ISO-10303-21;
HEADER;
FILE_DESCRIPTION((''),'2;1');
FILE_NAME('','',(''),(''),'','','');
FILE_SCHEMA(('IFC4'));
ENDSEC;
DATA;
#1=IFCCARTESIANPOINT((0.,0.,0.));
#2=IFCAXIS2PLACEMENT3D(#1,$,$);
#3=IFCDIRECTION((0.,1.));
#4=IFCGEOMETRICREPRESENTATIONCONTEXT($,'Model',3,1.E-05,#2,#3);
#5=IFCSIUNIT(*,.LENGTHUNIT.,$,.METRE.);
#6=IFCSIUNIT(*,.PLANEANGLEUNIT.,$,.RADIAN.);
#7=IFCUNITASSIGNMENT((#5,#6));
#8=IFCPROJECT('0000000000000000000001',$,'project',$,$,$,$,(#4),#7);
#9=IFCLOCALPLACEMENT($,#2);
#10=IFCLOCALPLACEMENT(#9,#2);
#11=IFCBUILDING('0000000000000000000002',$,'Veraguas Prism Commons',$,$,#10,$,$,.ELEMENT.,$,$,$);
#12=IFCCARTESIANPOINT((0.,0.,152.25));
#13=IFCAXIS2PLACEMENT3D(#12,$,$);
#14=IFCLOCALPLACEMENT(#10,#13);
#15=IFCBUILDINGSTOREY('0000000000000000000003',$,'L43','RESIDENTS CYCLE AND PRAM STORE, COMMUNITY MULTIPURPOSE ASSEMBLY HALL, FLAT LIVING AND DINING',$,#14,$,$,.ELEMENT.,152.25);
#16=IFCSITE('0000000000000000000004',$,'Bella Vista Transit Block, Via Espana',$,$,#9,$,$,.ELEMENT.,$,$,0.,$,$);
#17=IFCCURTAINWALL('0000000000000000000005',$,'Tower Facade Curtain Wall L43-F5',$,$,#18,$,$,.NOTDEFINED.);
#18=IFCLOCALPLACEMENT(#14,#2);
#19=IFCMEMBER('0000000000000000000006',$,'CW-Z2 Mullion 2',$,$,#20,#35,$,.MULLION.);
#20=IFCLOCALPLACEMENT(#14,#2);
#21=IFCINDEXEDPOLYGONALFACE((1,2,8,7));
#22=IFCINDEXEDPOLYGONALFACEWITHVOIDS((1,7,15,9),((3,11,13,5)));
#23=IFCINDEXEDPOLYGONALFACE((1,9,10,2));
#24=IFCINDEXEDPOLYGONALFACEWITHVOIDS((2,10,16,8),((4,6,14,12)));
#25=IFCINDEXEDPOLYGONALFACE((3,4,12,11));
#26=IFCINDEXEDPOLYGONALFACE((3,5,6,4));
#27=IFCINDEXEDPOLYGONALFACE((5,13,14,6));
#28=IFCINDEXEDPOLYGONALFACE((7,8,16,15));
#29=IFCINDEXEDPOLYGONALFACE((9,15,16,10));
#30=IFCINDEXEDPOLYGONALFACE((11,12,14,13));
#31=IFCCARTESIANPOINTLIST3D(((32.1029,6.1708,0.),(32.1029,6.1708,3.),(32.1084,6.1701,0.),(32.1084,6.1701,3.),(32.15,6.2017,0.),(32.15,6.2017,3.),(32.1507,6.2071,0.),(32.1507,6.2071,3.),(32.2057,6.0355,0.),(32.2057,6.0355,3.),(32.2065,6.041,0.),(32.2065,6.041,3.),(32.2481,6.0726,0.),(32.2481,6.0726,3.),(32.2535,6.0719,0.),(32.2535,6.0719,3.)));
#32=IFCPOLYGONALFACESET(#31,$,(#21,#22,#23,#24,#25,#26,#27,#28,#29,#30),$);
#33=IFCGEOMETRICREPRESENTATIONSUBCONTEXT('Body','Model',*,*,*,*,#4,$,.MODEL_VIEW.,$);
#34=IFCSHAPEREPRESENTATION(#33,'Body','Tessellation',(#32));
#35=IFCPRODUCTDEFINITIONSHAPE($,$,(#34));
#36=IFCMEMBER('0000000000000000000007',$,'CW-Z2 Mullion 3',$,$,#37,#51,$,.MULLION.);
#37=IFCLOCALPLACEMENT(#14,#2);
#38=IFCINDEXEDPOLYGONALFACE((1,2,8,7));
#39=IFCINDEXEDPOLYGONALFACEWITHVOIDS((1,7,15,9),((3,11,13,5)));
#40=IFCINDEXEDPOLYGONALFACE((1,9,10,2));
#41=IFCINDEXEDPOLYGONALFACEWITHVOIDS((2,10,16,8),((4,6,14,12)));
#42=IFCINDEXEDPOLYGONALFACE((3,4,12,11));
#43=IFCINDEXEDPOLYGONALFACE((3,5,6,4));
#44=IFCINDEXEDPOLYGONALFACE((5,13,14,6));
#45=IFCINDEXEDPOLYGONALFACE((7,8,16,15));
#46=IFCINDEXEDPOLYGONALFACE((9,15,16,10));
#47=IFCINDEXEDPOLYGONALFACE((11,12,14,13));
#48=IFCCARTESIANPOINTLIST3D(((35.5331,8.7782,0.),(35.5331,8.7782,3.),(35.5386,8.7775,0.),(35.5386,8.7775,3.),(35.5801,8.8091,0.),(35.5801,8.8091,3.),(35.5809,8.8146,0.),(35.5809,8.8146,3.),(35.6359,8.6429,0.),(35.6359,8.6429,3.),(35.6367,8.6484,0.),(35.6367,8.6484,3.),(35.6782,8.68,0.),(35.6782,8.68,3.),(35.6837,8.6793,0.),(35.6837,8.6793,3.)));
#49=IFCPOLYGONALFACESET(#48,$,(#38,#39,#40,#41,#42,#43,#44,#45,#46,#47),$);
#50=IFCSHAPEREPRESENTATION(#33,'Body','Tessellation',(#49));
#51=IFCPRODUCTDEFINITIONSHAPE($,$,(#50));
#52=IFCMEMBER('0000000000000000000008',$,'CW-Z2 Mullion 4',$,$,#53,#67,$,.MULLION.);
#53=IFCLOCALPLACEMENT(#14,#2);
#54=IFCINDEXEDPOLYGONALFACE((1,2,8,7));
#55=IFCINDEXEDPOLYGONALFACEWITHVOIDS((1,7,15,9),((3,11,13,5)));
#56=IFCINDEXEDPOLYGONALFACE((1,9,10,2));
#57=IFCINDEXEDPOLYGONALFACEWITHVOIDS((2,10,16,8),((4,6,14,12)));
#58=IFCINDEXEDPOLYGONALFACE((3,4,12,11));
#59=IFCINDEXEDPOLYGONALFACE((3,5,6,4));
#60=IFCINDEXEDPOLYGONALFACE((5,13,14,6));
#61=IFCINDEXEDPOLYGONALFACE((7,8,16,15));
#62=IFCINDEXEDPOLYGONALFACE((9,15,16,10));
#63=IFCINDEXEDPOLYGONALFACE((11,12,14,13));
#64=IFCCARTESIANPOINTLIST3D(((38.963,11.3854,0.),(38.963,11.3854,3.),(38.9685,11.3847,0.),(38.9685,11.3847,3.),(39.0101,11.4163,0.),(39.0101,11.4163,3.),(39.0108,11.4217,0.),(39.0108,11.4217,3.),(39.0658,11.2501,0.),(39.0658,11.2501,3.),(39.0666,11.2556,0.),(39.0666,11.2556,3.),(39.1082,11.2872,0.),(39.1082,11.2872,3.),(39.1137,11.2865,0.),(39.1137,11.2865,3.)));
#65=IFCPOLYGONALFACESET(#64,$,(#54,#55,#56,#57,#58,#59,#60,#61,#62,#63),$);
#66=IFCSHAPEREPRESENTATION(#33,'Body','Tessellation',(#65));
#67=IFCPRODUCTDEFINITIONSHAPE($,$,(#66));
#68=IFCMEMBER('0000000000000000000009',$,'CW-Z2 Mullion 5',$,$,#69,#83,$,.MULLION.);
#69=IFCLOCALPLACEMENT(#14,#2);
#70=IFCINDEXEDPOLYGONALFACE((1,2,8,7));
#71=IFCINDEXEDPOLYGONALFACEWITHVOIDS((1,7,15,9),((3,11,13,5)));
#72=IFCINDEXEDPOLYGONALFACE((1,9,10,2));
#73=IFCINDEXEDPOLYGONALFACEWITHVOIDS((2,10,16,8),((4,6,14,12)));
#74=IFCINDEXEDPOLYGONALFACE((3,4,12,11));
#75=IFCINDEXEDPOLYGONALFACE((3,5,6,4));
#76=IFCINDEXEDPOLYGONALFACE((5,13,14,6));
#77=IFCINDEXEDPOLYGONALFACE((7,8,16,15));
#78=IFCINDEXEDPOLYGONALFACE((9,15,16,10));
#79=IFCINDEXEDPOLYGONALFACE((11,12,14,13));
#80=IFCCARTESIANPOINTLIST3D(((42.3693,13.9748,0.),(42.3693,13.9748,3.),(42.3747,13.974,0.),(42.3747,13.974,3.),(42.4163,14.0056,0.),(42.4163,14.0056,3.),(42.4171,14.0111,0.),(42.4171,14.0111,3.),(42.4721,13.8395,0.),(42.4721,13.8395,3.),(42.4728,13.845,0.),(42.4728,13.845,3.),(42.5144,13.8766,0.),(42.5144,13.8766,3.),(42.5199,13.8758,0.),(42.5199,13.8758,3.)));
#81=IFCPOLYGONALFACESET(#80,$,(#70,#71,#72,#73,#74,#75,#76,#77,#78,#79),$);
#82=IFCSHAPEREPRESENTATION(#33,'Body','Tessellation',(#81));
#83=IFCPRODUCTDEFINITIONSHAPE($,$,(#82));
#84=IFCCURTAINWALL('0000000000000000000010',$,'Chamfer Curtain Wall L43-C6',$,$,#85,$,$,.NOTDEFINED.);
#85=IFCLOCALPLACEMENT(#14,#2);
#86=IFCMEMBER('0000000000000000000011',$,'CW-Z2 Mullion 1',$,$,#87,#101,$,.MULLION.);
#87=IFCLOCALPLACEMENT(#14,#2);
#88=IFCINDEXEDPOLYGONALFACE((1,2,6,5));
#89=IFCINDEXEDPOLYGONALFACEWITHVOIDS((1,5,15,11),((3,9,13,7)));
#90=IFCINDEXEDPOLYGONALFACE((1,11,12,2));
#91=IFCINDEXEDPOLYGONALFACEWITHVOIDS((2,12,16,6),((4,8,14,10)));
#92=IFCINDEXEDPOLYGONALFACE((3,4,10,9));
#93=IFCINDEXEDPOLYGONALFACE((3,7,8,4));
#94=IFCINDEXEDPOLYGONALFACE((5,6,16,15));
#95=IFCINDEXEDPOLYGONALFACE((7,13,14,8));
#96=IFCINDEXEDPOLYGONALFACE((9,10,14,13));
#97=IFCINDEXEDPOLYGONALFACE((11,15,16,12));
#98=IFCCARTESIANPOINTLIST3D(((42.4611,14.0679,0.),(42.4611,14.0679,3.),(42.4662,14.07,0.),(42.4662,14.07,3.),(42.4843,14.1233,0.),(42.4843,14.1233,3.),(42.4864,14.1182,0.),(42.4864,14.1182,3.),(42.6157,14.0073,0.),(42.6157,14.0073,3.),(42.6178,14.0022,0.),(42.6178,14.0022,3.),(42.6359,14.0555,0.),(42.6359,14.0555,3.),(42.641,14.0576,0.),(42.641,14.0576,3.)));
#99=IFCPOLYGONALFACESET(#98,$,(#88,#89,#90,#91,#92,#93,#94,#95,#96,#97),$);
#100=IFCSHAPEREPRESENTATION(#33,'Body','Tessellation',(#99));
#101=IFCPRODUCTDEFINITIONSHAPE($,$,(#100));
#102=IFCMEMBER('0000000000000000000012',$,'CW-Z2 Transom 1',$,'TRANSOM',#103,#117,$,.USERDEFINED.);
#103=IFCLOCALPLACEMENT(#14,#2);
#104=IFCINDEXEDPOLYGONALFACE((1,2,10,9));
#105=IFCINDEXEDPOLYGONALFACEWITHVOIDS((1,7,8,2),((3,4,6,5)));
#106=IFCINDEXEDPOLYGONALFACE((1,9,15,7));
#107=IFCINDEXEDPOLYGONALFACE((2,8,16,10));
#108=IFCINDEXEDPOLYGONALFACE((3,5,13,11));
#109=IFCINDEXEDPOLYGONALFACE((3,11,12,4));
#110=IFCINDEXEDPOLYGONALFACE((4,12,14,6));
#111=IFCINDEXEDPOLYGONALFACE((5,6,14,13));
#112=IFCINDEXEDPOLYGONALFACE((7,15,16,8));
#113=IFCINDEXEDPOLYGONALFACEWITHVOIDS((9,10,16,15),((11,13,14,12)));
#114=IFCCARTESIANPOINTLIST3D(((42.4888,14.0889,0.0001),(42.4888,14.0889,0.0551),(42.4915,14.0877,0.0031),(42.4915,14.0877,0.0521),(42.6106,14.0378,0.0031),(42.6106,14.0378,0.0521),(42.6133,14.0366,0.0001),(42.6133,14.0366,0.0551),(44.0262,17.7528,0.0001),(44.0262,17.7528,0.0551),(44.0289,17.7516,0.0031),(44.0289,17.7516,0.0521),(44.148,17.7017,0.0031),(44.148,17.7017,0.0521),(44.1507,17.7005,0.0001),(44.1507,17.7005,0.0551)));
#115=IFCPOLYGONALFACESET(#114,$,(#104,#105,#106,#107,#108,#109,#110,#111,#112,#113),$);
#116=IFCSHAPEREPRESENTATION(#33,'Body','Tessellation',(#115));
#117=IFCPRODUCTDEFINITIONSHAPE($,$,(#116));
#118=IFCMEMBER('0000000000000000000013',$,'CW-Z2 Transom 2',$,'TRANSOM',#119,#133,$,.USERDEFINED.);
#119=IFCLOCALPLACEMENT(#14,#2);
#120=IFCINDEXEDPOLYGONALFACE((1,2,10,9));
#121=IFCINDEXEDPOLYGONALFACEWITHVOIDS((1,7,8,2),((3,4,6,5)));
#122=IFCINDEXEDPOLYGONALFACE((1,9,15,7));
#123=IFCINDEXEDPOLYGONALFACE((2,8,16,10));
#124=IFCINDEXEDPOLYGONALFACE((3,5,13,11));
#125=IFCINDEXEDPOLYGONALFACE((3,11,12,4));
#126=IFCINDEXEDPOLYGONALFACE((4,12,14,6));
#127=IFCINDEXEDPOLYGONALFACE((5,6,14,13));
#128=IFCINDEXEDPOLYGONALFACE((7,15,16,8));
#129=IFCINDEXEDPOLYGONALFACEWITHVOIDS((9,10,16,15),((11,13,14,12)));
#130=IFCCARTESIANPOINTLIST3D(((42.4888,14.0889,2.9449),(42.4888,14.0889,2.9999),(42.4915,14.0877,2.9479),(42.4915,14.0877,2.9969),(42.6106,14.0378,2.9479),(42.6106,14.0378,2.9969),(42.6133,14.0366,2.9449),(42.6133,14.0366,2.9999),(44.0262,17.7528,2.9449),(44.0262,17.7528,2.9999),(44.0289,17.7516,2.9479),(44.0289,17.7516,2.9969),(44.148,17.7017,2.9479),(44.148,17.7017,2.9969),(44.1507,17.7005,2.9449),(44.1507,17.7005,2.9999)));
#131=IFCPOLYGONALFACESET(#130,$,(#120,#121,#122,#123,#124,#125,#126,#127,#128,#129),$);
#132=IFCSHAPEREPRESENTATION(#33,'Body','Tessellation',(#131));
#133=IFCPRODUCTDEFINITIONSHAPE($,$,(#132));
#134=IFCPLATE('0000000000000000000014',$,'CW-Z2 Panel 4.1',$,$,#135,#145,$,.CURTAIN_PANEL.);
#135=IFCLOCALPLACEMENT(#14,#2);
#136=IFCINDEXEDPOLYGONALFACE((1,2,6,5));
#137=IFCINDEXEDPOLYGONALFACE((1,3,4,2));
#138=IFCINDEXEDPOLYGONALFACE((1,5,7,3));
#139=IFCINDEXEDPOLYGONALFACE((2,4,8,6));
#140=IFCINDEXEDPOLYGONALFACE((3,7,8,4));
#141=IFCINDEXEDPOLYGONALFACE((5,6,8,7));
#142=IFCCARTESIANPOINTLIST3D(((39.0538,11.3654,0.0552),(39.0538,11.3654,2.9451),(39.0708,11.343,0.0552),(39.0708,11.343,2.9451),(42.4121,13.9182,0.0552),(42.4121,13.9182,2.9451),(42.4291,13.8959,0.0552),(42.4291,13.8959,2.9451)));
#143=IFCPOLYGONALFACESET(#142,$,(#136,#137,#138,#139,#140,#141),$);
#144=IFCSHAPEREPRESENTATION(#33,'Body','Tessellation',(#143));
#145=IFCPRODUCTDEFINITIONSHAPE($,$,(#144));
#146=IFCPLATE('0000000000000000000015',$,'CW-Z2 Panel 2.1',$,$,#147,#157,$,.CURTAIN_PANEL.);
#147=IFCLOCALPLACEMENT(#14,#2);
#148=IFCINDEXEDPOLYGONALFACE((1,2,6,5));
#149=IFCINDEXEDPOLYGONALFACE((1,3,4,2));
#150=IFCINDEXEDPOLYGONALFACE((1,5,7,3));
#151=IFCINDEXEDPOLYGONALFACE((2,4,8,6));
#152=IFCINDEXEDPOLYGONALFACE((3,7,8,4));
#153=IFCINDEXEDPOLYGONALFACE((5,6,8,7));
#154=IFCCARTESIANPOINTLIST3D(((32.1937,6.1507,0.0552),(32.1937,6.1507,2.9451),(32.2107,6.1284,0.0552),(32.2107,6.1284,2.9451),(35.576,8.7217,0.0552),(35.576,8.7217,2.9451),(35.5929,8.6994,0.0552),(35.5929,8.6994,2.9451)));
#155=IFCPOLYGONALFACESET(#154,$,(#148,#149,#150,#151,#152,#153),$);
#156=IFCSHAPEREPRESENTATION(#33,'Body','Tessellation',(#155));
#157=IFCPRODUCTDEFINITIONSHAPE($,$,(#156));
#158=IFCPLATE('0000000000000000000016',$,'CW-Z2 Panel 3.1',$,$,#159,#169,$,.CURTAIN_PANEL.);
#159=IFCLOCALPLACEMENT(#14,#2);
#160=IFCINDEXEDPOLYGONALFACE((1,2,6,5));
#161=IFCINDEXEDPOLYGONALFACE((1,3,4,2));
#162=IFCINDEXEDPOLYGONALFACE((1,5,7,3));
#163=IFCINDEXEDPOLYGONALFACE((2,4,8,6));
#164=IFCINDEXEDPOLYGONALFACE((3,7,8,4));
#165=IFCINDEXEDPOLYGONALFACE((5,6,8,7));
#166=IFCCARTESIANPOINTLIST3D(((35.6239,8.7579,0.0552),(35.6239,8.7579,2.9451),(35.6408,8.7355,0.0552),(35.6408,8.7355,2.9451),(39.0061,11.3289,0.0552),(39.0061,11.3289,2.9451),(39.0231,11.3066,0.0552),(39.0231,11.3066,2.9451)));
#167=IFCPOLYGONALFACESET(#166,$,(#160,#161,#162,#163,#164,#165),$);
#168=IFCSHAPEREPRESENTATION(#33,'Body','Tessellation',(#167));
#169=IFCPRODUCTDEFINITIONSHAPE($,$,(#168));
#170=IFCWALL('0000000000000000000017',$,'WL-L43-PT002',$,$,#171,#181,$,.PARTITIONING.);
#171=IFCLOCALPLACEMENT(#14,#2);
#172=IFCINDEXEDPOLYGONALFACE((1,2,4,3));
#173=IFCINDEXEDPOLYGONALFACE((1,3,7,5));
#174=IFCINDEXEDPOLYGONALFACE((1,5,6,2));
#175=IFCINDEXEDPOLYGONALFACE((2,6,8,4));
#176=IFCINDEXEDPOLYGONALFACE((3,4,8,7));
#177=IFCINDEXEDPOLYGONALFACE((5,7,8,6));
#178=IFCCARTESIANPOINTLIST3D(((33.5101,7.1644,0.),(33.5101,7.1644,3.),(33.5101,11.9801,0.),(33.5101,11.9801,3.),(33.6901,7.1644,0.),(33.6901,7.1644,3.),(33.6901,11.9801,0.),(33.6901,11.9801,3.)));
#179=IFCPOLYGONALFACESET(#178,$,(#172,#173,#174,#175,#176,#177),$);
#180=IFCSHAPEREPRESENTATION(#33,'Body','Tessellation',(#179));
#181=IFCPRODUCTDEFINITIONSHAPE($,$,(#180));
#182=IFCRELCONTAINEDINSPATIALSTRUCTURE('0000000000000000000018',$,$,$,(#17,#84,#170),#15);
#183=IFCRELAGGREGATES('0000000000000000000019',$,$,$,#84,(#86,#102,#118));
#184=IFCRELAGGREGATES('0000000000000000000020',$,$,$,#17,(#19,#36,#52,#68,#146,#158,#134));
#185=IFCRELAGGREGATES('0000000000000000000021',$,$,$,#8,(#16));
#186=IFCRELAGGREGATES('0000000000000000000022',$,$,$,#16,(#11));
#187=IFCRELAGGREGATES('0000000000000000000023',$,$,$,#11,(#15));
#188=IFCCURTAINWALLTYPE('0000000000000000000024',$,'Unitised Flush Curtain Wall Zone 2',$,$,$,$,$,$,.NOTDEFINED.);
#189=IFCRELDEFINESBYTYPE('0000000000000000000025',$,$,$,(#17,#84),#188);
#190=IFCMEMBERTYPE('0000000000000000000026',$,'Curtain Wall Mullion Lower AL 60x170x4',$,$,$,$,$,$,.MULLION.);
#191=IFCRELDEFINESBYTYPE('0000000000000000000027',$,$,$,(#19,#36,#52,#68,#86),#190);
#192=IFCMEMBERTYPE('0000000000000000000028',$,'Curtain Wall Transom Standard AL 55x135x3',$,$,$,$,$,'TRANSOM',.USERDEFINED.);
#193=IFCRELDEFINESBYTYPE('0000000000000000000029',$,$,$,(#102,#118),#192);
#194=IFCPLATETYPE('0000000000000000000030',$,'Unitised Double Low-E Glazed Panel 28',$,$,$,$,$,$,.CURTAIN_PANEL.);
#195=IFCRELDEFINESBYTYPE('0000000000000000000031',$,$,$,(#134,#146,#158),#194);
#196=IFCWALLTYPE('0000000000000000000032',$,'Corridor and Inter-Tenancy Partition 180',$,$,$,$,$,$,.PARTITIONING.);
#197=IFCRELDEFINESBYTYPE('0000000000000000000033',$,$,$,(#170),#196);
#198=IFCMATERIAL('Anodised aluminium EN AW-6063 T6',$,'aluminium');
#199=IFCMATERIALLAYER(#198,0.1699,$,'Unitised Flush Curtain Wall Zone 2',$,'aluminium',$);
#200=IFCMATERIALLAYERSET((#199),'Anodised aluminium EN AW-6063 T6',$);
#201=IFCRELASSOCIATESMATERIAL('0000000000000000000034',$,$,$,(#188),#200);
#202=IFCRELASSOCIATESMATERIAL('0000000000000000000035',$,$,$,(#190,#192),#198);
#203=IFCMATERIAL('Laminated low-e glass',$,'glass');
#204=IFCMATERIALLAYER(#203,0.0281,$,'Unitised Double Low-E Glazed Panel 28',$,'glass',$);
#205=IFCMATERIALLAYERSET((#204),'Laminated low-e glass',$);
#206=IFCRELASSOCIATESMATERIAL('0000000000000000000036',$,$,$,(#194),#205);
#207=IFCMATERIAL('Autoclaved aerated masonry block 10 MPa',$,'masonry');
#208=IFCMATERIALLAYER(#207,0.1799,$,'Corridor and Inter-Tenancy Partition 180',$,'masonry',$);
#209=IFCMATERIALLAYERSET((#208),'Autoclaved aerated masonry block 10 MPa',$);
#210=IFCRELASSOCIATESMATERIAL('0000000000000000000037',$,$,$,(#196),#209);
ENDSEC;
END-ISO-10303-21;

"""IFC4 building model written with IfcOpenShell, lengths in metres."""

from ifc_helpers import new_model, si_unit, direction, frame, frame_2d, origin, origin_2d, place, context, subcontext, project, spatial, rectangle, hollow_rectangle, extrude, source, transform, mapped, material, layer, layer_set, material_profile, profile_set, type_object, element, aggregate, save


model = new_model("IFC4")

# Units and contexts
model_context = context("Model", 3, precision=1e-05, world=origin(), true_north=direction((0.0, 1.0)))
body_context = subcontext(model_context, "Body", "Model", "MODEL_VIEW")
ifc_project = project(units=[si_unit("LENGTHUNIT", "METRE"), si_unit("PLANEANGLEUNIT", "RADIAN")], contexts=[model_context])

# Site, building, storey
site_placement = place(None, origin())
site = spatial("IfcSite", under=ifc_project, at=site_placement, Name="Bella Vista Transit Block, Via Espana", CompositionType="ELEMENT", RefElevation=0.0)
building_placement = place(site_placement, origin())
building = spatial("IfcBuilding", under=site, at=building_placement, Name="Veraguas Prism Commons", CompositionType="ELEMENT")
storey_placement = place(building_placement, frame((0.0, 0.0, 152.25)))
storey = spatial("IfcBuildingStorey", under=building, at=storey_placement, Name="L43", Description="RESIDENTS CYCLE AND PRAM STORE, COMMUNITY MULTIPURPOSE ASSEMBLY HALL, FLAT LIVING AND DINING", CompositionType="ELEMENT", Elevation=152.25)

# Curtain walls, members
ifc_material_1 = material(Name="Anodised aluminium EN AW-6063 T6", Category="aluminium")
ifc_layer_1 = layer(ifc_material_1, 0.1699, Name="Unitised Flush Curtain Wall Zone 2", Category="aluminium")
ifc_layer_set_1 = layer_set([ifc_layer_1], Name="Anodised aluminium EN AW-6063 T6")
curtain_wall_type = type_object("IfcCurtainWallType", Name="Unitised Flush Curtain Wall Zone 2", PredefinedType="NOTDEFINED", material=ifc_layer_set_1)
curtain_wall_1_placement = place(storey_placement, origin())
curtain_wall_1 = element("IfcCurtainWall", 1, at=curtain_wall_1_placement, inside=storey, type_object=curtain_wall_type, Name="Tower Facade Curtain Wall L43-F5", PredefinedType="NOTDEFINED")
ifc_material_profile_1 = material_profile(ifc_material_1, hollow_rectangle(XDim=0.0601, YDim=0.1699, WallThickness=0.0039, at=origin_2d()), Name="AL60X170X4")
ifc_profile_set_1 = profile_set([ifc_material_profile_1], Name="Anodised aluminium EN AW-6063 T6")
member_type_1 = type_object("IfcMemberType", Name="Curtain Wall Mullion Lower AL 60x170x4", PredefinedType="MULLION", material=ifc_profile_set_1)
shared_shape_1 = source(origin(), body_context, "Body", "SweptSolid", [
    extrude(hollow_rectangle(XDim=0.0601, YDim=0.1699, WallThickness=0.0039, at=origin_2d()), origin(), (0.0, 0.0, 1.0), 3.0),
])
member_1_placement = place(storey_placement, frame((32.1782, 6.1213, 0.0), z_axis=(0.0, 0.0, 1.0), x_axis=(0.796104, 0.605159, 0.0)))
member_1 = element("IfcMember", 2, at=member_1_placement, type_object=member_type_1, Name="CW-Z2 Mullion 2", PredefinedType="MULLION", context=body_context, shape_type="MappedRepresentation", body=[
    mapped(shared_shape_1, transform((0.0, 0.0, 0.0), scale=1.0)),
])
member_2_placement = place(storey_placement, frame((35.6084, 8.7288, 0.0), z_axis=(0.0, 0.0, 1.0), x_axis=(0.796104, 0.605159, 0.0)))
member_2 = element("IfcMember", 3, at=member_2_placement, type_object=member_type_1, Name="CW-Z2 Mullion 3", PredefinedType="MULLION", context=body_context, shape_type="MappedRepresentation", body=[
    mapped(shared_shape_1, transform((0.0, 0.0, 0.0), scale=1.0)),
])
member_3_placement = place(storey_placement, frame((39.0383, 11.3359, 0.0), z_axis=(0.0, 0.0, 1.0), x_axis=(0.796104, 0.605159, 0.0)))
member_3 = element("IfcMember", 4, at=member_3_placement, type_object=member_type_1, Name="CW-Z2 Mullion 4", PredefinedType="MULLION", context=body_context, shape_type="MappedRepresentation", body=[
    mapped(shared_shape_1, transform((0.0, 0.0, 0.0), scale=1.0)),
])
member_4_placement = place(storey_placement, frame((42.4446, 13.9253, 0.0), z_axis=(0.0, 0.0, 1.0), x_axis=(0.796104, 0.605159, 0.0)))
member_4 = element("IfcMember", 5, at=member_4_placement, type_object=member_type_1, Name="CW-Z2 Mullion 5", PredefinedType="MULLION", context=body_context, shape_type="MappedRepresentation", body=[
    mapped(shared_shape_1, transform((0.0, 0.0, 0.0), scale=1.0)),
])
curtain_wall_2_placement = place(storey_placement, origin())
curtain_wall_2 = element("IfcCurtainWall", 6, at=curtain_wall_2_placement, inside=storey, type_object=curtain_wall_type, Name="Chamfer Curtain Wall L43-C6", PredefinedType="NOTDEFINED")
member_5_placement = place(storey_placement, frame((42.551, 14.0627, 0.0), z_axis=(0.0, 0.0, 1.0), x_axis=(0.386882, 0.922129, 0.0)))
member_5 = element("IfcMember", 7, at=member_5_placement, type_object=member_type_1, Name="CW-Z2 Mullion 1", PredefinedType="MULLION", context=body_context, shape_type="MappedRepresentation", body=[
    mapped(shared_shape_1, transform((0.0, 0.0, 0.0), scale=1.0)),
])
ifc_material_profile_2 = material_profile(ifc_material_1, hollow_rectangle(XDim=0.0549, YDim=0.135, WallThickness=0.0029, at=origin_2d()), Name="AL55X135X3")
ifc_profile_set_2 = profile_set([ifc_material_profile_2], Name="Anodised aluminium EN AW-6063 T6")
member_type_2 = type_object("IfcMemberType", Name="Curtain Wall Transom Standard AL 55x135x3", ElementType="TRANSOM", PredefinedType="USERDEFINED", material=ifc_profile_set_2)
shared_shape_2 = source(origin(), body_context, "Body", "SweptSolid", [
    extrude(hollow_rectangle(XDim=0.0549, YDim=0.135, WallThickness=0.0029, at=origin_2d()), origin(), (0.0, 0.0, 1.0), 3.9734),
])
member_6_placement = place(storey_placement, frame((42.551, 14.0627, 0.0276), z_axis=(0.386922, 0.922112, 0.0), x_axis=(0.0, 0.0, 1.0)))
member_6 = element("IfcMember", 8, at=member_6_placement, type_object=member_type_2, Name="CW-Z2 Transom 1", ObjectType="TRANSOM", PredefinedType="USERDEFINED", context=body_context, shape_type="MappedRepresentation", body=[
    mapped(shared_shape_2, transform((0.0, 0.0, 0.0), scale=1.0)),
])
member_7_placement = place(storey_placement, frame((42.551, 14.0627, 2.9724), z_axis=(0.386922, 0.922112, 0.0), x_axis=(0.0, 0.0, 1.0)))
member_7 = element("IfcMember", 9, at=member_7_placement, type_object=member_type_2, Name="CW-Z2 Transom 2", ObjectType="TRANSOM", PredefinedType="USERDEFINED", context=body_context, shape_type="MappedRepresentation", body=[
    mapped(shared_shape_2, transform((0.0, 0.0, 0.0), scale=1.0)),
])
aggregate(curtain_wall_2, [member_5, member_6, member_7])

# Plates
ifc_material_2 = material(Name="Laminated low-e glass", Category="glass")
ifc_layer_2 = layer(ifc_material_2, 0.0281, Name="Unitised Double Low-E Glazed Panel 28", Category="glass")
ifc_layer_set_2 = layer_set([ifc_layer_2], Name="Laminated low-e glass")
plate_type = type_object("IfcPlateType", Name="Unitised Double Low-E Glazed Panel 28", PredefinedType="CURTAIN_PANEL", material=ifc_layer_set_2)
shared_shape_3 = source(origin(), body_context, "Body", "SweptSolid", [
    extrude(rectangle(XDim=4.2185, YDim=0.0281, at=origin_2d()), origin(), (0.0, 0.0, 1.0), 2.8899),
])
plate_1_placement = place(storey_placement, frame((40.7415, 12.6306, 0.0552), z_axis=(0.0, 0.0, 1.0), x_axis=(0.796104, 0.605159, 0.0)))
plate_1 = element("IfcPlate", 10, at=plate_1_placement, type_object=plate_type, Name="CW-Z2 Panel 4.1", PredefinedType="CURTAIN_PANEL", context=body_context, shape_type="MappedRepresentation", body=[
    mapped(shared_shape_3, transform((0.0, 0.0, 0.0), scale=1.0)),
])
shared_shape_4 = source(origin(), body_context, "Body", "SweptSolid", [
    extrude(rectangle(XDim=4.2485, YDim=0.0281, at=origin_2d()), origin(), (0.0, 0.0, 1.0), 2.8899),
])
plate_2_placement = place(storey_placement, frame((33.8933, 7.425, 0.0552), z_axis=(0.0, 0.0, 1.0), x_axis=(0.796104, 0.605159, 0.0)))
plate_2 = element("IfcPlate", 11, at=plate_2_placement, type_object=plate_type, Name="CW-Z2 Panel 2.1", PredefinedType="CURTAIN_PANEL", context=body_context, shape_type="MappedRepresentation", body=[
    mapped(shared_shape_4, transform((0.0, 0.0, 0.0), scale=1.0)),
])
plate_3_placement = place(storey_placement, frame((37.3235, 10.0322, 0.0552), z_axis=(0.0, 0.0, 1.0), x_axis=(0.796104, 0.605159, 0.0)))
plate_3 = element("IfcPlate", 12, at=plate_3_placement, type_object=plate_type, Name="CW-Z2 Panel 3.1", PredefinedType="CURTAIN_PANEL", context=body_context, shape_type="MappedRepresentation", body=[
    mapped(shared_shape_4, transform((0.0, 0.0, 0.0), scale=1.0)),
])
aggregate(curtain_wall_1, [member_1, member_2, member_3, member_4, plate_2, plate_3, plate_1])

# Wall
ifc_material_3 = material(Name="Autoclaved aerated masonry block 10 MPa", Category="masonry")
ifc_layer_3 = layer(ifc_material_3, 0.1799, Name="Corridor and Inter-Tenancy Partition 180", Category="masonry")
ifc_layer_set_3 = layer_set([ifc_layer_3], Name="Autoclaved aerated masonry block 10 MPa")
wall_type_1 = type_object("IfcWallType", Name="Corridor and Inter-Tenancy Partition 180", PredefinedType="PARTITIONING", material=ifc_layer_set_3)
wall_1_placement = place(storey_placement, frame((33.6001, 11.98, 0.0), z_axis=(0.0, 0.0, 1.0), x_axis=(0.0, -1.0, 0.0)))
element("IfcWall", 13, at=wall_1_placement, inside=storey, type_object=wall_type_1, Name="WL-L43-PT002", PredefinedType="PARTITIONING", context=body_context, shape_type="SweptSolid", body=[
    extrude(rectangle(XDim=4.8157, YDim=0.1799, at=frame_2d((2.4077, 0.0))), origin(), (0.0, 0.0, 1.0), 3.0),
])

save(model, "model.ifc")
